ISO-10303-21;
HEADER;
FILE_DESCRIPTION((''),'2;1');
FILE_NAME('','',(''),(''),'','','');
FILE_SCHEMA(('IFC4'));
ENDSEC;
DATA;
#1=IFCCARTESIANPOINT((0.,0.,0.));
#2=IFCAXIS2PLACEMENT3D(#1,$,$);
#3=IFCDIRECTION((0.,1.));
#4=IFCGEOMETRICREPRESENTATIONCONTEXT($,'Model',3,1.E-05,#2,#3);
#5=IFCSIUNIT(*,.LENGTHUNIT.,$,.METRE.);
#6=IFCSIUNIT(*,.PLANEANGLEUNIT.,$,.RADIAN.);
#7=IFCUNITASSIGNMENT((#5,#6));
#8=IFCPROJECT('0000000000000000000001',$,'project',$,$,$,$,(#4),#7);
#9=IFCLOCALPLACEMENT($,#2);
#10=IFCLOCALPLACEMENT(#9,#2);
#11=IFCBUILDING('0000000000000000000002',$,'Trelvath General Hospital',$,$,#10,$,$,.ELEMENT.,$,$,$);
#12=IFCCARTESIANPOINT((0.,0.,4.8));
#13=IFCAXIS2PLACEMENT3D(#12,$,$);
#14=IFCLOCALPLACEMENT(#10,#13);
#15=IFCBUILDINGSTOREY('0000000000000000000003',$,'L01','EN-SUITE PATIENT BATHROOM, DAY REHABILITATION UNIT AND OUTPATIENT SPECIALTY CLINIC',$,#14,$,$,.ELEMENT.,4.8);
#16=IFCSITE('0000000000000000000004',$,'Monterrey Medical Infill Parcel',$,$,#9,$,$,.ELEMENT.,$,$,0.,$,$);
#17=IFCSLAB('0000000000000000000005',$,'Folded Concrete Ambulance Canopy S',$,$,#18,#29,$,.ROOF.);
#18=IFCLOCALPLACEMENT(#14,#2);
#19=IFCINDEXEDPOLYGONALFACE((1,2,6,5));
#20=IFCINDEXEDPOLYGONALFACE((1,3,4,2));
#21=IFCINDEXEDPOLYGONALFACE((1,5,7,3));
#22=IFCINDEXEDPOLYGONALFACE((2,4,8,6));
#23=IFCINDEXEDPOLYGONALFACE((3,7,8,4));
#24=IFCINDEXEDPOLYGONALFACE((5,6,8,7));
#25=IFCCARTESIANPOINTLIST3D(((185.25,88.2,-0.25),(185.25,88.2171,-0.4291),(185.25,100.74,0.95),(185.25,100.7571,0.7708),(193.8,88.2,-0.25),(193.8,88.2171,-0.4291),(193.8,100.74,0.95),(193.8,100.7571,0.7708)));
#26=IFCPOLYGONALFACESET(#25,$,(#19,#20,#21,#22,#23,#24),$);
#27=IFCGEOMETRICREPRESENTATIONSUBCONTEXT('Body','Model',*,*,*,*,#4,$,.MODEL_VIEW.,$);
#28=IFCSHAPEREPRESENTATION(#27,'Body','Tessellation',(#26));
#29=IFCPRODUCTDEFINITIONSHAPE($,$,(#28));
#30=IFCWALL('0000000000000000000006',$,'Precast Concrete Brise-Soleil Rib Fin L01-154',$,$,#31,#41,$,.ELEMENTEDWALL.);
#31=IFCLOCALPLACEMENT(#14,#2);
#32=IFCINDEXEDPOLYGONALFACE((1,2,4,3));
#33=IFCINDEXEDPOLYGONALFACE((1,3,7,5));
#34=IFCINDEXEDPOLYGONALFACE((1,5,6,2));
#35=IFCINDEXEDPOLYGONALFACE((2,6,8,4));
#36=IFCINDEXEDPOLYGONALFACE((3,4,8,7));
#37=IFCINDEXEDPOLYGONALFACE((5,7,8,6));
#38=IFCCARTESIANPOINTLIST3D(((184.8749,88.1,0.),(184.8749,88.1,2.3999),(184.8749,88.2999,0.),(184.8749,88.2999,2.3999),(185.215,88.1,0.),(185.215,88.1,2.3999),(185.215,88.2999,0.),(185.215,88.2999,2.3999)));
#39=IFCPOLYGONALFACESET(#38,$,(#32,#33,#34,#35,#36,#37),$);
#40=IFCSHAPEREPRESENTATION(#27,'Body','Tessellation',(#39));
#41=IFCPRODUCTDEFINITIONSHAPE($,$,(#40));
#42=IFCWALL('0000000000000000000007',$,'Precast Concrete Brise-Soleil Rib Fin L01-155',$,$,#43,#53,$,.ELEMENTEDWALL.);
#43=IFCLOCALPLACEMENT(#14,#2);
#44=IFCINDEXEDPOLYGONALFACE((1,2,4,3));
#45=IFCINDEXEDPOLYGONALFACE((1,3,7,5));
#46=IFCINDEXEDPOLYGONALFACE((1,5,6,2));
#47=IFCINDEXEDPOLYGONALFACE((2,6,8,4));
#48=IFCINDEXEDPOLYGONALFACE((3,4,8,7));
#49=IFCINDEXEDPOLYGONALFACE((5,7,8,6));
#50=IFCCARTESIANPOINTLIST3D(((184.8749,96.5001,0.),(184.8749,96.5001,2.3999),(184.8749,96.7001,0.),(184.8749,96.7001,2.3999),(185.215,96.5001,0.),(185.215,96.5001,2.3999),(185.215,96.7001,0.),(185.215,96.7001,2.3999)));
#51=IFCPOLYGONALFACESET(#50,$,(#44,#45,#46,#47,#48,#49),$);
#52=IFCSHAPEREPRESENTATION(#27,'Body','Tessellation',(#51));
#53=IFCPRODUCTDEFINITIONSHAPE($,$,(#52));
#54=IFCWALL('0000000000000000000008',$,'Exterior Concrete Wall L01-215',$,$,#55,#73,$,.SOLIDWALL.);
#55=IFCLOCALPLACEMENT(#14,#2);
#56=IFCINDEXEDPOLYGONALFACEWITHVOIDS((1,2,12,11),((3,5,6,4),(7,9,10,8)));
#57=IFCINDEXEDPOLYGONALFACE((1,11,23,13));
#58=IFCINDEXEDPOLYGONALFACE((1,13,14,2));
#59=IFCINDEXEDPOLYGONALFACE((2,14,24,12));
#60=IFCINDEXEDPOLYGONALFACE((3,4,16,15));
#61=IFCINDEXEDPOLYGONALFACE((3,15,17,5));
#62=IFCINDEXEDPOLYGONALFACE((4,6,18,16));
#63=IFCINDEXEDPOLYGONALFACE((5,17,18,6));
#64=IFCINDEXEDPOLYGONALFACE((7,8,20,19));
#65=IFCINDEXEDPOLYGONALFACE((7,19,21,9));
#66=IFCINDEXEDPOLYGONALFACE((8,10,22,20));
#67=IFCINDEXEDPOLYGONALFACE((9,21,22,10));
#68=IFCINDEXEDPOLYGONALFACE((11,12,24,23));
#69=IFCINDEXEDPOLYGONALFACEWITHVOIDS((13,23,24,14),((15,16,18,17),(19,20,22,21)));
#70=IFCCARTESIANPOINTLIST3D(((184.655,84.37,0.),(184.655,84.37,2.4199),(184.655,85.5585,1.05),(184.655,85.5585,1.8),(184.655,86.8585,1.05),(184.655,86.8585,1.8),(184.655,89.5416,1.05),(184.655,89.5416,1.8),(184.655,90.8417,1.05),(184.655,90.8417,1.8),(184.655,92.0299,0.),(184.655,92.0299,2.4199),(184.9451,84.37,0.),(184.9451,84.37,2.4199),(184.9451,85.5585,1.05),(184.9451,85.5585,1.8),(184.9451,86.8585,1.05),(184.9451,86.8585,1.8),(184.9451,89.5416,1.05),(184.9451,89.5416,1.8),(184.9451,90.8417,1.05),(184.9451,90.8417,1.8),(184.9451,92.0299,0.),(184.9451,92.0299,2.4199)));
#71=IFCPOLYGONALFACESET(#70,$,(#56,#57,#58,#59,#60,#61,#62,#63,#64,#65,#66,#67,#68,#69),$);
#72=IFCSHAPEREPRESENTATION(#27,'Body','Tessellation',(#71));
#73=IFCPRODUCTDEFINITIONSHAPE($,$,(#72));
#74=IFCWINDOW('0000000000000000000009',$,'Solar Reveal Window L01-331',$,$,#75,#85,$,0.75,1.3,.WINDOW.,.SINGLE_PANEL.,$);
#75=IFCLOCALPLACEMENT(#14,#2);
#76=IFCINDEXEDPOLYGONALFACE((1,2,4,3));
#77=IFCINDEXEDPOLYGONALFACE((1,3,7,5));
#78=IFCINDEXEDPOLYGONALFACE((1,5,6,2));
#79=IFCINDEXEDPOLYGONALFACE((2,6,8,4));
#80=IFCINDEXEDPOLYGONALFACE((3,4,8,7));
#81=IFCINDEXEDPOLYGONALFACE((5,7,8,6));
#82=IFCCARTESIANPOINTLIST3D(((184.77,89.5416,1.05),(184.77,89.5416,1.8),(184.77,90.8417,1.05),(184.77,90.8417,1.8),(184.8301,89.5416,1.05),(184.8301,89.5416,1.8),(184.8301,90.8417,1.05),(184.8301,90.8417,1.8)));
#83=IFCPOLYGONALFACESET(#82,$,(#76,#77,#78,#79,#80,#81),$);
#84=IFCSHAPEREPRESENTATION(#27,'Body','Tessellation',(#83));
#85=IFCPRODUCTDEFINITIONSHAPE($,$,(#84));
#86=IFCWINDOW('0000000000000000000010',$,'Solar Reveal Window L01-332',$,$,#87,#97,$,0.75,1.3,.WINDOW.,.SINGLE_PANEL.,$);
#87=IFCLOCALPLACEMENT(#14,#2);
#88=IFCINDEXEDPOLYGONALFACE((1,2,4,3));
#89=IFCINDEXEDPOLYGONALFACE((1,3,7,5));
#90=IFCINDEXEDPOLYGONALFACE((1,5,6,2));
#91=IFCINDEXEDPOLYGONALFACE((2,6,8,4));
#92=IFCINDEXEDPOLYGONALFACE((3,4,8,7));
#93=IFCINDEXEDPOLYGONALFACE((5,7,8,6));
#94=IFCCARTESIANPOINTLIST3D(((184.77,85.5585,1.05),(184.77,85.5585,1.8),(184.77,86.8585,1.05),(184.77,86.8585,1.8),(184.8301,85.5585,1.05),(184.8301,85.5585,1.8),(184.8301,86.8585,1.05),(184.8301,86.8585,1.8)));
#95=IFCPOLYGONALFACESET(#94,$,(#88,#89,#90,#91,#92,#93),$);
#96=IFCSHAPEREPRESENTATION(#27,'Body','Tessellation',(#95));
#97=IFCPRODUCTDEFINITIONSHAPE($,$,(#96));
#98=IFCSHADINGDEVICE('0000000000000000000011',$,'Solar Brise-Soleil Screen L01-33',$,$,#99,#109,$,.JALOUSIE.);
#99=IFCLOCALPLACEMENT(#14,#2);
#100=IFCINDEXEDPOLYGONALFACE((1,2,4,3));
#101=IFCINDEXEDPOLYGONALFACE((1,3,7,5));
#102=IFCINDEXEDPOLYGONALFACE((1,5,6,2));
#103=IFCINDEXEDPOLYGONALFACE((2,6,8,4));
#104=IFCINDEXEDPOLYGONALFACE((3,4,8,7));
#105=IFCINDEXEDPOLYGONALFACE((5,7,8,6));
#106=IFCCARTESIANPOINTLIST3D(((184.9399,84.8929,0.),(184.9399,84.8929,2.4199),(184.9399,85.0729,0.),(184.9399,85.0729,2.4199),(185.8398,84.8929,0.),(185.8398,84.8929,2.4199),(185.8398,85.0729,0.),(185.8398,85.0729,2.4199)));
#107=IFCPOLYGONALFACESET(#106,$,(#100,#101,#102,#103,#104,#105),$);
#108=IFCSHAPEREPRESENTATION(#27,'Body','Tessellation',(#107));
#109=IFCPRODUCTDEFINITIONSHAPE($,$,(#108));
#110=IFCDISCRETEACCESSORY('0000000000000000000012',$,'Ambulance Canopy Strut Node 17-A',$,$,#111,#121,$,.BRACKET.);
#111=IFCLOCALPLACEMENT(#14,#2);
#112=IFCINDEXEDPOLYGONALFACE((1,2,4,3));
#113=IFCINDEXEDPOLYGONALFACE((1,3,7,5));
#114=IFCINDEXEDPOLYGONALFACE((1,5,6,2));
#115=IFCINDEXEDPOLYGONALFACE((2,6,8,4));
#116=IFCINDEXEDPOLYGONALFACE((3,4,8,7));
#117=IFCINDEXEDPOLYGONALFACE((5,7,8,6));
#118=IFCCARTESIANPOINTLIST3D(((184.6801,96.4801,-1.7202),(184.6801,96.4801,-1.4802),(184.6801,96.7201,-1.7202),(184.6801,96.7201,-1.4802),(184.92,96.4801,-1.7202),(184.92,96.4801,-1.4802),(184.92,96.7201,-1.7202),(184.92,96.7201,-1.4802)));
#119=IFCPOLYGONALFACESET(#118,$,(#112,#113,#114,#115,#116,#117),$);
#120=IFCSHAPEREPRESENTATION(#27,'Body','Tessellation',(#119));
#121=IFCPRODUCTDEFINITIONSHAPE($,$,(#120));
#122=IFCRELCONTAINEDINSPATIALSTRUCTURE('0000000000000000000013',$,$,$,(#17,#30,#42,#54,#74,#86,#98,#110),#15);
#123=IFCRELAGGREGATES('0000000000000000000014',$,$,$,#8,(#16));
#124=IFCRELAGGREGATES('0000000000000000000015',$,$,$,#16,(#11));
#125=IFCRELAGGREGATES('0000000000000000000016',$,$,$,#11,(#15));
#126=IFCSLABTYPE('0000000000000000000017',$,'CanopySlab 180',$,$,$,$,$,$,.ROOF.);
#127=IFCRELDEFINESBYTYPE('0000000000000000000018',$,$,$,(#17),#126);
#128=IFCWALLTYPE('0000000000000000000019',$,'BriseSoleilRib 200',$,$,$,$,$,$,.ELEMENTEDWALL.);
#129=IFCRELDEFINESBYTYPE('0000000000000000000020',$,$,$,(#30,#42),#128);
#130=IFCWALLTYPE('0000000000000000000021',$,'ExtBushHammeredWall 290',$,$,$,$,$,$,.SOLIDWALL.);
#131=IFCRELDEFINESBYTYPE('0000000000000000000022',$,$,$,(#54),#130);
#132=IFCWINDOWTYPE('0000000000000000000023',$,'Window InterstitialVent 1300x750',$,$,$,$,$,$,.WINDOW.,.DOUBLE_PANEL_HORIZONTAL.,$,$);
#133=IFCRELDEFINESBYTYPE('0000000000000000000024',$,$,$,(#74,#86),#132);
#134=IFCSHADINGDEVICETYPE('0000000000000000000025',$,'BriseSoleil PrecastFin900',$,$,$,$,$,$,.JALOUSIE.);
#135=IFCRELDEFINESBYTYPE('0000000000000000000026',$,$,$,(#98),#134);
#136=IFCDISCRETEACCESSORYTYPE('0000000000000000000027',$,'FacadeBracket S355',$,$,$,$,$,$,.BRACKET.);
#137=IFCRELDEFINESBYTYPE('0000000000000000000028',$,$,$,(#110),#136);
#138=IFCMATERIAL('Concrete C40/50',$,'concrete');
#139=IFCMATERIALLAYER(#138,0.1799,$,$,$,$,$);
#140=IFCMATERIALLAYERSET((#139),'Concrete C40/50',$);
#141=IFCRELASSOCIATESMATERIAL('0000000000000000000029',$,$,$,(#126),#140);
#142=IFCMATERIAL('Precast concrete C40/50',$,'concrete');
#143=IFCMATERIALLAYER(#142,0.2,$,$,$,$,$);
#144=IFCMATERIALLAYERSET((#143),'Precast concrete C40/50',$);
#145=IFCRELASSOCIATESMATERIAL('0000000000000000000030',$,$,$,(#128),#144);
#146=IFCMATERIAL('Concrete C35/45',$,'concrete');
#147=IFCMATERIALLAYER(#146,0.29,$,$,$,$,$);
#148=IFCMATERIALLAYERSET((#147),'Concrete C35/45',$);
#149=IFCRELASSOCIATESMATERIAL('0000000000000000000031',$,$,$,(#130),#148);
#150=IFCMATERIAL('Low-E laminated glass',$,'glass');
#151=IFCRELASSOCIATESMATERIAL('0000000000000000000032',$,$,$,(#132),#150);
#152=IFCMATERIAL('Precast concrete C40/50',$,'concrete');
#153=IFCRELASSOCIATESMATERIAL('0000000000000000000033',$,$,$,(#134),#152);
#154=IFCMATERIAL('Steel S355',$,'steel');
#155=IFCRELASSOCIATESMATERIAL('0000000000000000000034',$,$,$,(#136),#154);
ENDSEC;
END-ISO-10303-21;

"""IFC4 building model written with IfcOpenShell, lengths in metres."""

from ifc_helpers import new_model, si_unit, direction, frame, frame_2d, origin, origin_2d, place, context, subcontext, project, spatial, polyline, rectangle, outline, extrude, material, layer, layer_set, type_object, element, fill, save


model = new_model("IFC4")

# Units and contexts
model_context = context("Model", 3, precision=1e-05, world=origin(), true_north=direction((0.0, 1.0)))
body_context = subcontext(model_context, "Body", "Model", "MODEL_VIEW")
ifc_project = project(units=[si_unit("LENGTHUNIT", "METRE"), si_unit("PLANEANGLEUNIT", "RADIAN")], contexts=[model_context])

# Site, building, storey
site_placement = place(None, origin())
site = spatial("IfcSite", under=ifc_project, at=site_placement, Name="Monterrey Medical Infill Parcel", CompositionType="ELEMENT", RefElevation=0.0)
building_placement = place(site_placement, origin())
building = spatial("IfcBuilding", under=site, at=building_placement, Name="Trelvath General Hospital", CompositionType="ELEMENT")
storey_placement = place(building_placement, frame((0.0, 0.0, 4.8)))
storey = spatial("IfcBuildingStorey", under=building, at=storey_placement, Name="L01", Description="EN-SUITE PATIENT BATHROOM, DAY REHABILITATION UNIT AND OUTPATIENT SPECIALTY CLINIC", CompositionType="ELEMENT", Elevation=4.8)

# Slab
ifc_material_1 = material(Name="Concrete C40/50", Category="concrete")
ifc_layer_1 = layer(ifc_material_1, 0.1799)
ifc_layer_set_1 = layer_set([ifc_layer_1], Name="Concrete C40/50")
slab_type = type_object("IfcSlabType", Name="CanopySlab 180", PredefinedType="ROOF", material=ifc_layer_set_1)
slab_placement = place(storey_placement, frame((185.25, 88.2, -0.25), z_axis=(0.0, -0.095254, 0.995453), x_axis=(1.0, 0.0, 0.0)))
element("IfcSlab", 1, at=slab_placement, inside=storey, type_object=slab_type, Name="Folded Concrete Ambulance Canopy S", PredefinedType="ROOF", context=body_context, shape_type="SweptSolid", body=[
    extrude(outline(polyline([(0.0, 0.0), (8.55, 0.0), (8.55, 12.5973), (0.0, 12.5973), (0.0, 0.0)])), origin(), (0.0, 0.0, -1.0), 0.1799),
])

# Walls
ifc_material_2 = material(Name="Precast concrete C40/50", Category="concrete")
ifc_layer_2 = layer(ifc_material_2, 0.2)
ifc_layer_set_2 = layer_set([ifc_layer_2], Name="Precast concrete C40/50")
wall_type_1 = type_object("IfcWallType", Name="BriseSoleilRib 200", PredefinedType="ELEMENTEDWALL", material=ifc_layer_set_2)
for number, where, z_axis, x_axis, name in (
    (2, (184.875, 88.2, 0.0), (0.0, 0.0, 1.0), (1.0, 0.0, 0.0), "Precast Concrete Brise-Soleil Rib Fin L01-154"),
    (3, (184.875, 96.6001, 0.0), (0.0, 0.0, 1.0), (1.0, 0.0, 0.0), "Precast Concrete Brise-Soleil Rib Fin L01-155"),
):
    element("IfcWall", number, at=place(storey_placement, frame(where, z_axis=z_axis, x_axis=x_axis)), inside=storey, type_object=wall_type_1, Name=name, PredefinedType="ELEMENTEDWALL", context=body_context, shape_type="SweptSolid", body=[
        extrude(rectangle(XDim=0.3401, YDim=0.2, at=frame_2d((0.1699, 0.0))), origin(), (0.0, 0.0, 1.0), 2.3999),
    ])

# Wall, openings, windows
ifc_material_3 = material(Name="Concrete C35/45", Category="concrete")
ifc_layer_3 = layer(ifc_material_3, 0.29)
ifc_layer_set_3 = layer_set([ifc_layer_3], Name="Concrete C35/45")
wall_type_2 = type_object("IfcWallType", Name="ExtBushHammeredWall 290", PredefinedType="SOLIDWALL", material=ifc_layer_set_3)
wall_placement = place(storey_placement, frame((184.8, 92.03, 0.0), z_axis=(0.0, 0.0, 1.0), x_axis=(0.0, -1.0, 0.0)))
wall = element("IfcWall", 4, at=wall_placement, inside=storey, type_object=wall_type_2, Name="Exterior Concrete Wall L01-215", PredefinedType="SOLIDWALL", context=body_context, shape_type="SweptSolid", body=[
    extrude(rectangle(XDim=7.6599, YDim=0.29, at=frame_2d((3.8301, 0.0))), origin(), (0.0, 0.0, 1.0), 2.4199),
])
opening_1_placement = place(wall_placement, frame((1.1885, 0.0, 1.05)))
opening_1 = element("IfcOpeningElement", 5, at=opening_1_placement, cuts=wall, PredefinedType="OPENING", context=body_context, shape_type="SweptSolid", body=[
    extrude(rectangle(XDim=1.3, YDim=0.75, at=frame_2d((0.6499, 0.375))), frame((0.0, 0.155, 0.0), z_axis=(0.0, -1.0, 0.0), x_axis=(1.0, 0.0, 0.0)), (0.0, 0.0, 1.0), 0.3101),
])
opening_2_placement = place(wall_placement, frame((5.1716, 0.0, 1.05)))
opening_2 = element("IfcOpeningElement", 6, at=opening_2_placement, cuts=wall, PredefinedType="OPENING", context=body_context, shape_type="SweptSolid", body=[
    extrude(rectangle(XDim=1.3, YDim=0.75, at=frame_2d((0.6499, 0.375))), frame((0.0, 0.155, 0.0), z_axis=(0.0, -1.0, 0.0), x_axis=(1.0, 0.0, 0.0)), (0.0, 0.0, 1.0), 0.3101),
])
ifc_material_4 = material(Name="Low-E laminated glass", Category="glass")
window_type = type_object("IfcWindowType", Name="Window InterstitialVent 1300x750", PartitioningType="DOUBLE_PANEL_HORIZONTAL", PredefinedType="WINDOW", material=ifc_material_4)
window_1_placement = place(opening_1_placement, origin())
window_1 = element("IfcWindow", 7, at=window_1_placement, inside=storey, type_object=window_type, Name="Solar Reveal Window L01-331", OverallHeight=0.75, OverallWidth=1.3, PartitioningType="SINGLE_PANEL", PredefinedType="WINDOW", context=body_context, shape_type="SweptSolid", body=[
    extrude(rectangle(XDim=1.3, YDim=0.75, at=frame_2d((0.6499, 0.375))), frame((0.0, 0.03, 0.0), z_axis=(0.0, -1.0, 0.0), x_axis=(1.0, 0.0, 0.0)), (0.0, 0.0, 1.0), 0.0601),
])
fill(opening_1, window_1)
window_2_placement = place(opening_2_placement, origin())
window_2 = element("IfcWindow", 8, at=window_2_placement, inside=storey, type_object=window_type, Name="Solar Reveal Window L01-332", OverallHeight=0.75, OverallWidth=1.3, PartitioningType="SINGLE_PANEL", PredefinedType="WINDOW", context=body_context, shape_type="SweptSolid", body=[
    extrude(rectangle(XDim=1.3, YDim=0.75, at=frame_2d((0.6499, 0.375))), frame((0.0, 0.03, 0.0), z_axis=(0.0, -1.0, 0.0), x_axis=(1.0, 0.0, 0.0)), (0.0, 0.0, 1.0), 0.0601),
])
fill(opening_2, window_2)

# Shading device
ifc_material_5 = material(Name="Precast concrete C40/50", Category="concrete")
shading_device_type = type_object("IfcShadingDeviceType", Name="BriseSoleil PrecastFin900", PredefinedType="JALOUSIE", material=ifc_material_5)
shading_device_placement = place(storey_placement, frame((185.3899, 84.9829, 0.0), z_axis=(0.0, 0.0, 1.0), x_axis=(1.0, 0.0, 0.0)))
element("IfcShadingDevice", 9, at=shading_device_placement, inside=storey, type_object=shading_device_type, Name="Solar Brise-Soleil Screen L01-33", PredefinedType="JALOUSIE", context=body_context, shape_type="SweptSolid", body=[
    extrude(rectangle(XDim=0.8999, YDim=0.1799, at=origin_2d()), origin(), (0.0, 0.0, 1.0), 2.4199),
])

# Discrete accessory
ifc_material_6 = material(Name="Steel S355", Category="steel")
discrete_accessory_type = type_object("IfcDiscreteAccessoryType", Name="FacadeBracket S355", PredefinedType="BRACKET", material=ifc_material_6)
discrete_accessory_placement = place(storey_placement, frame((184.8, 96.6001, -1.7202), z_axis=(0.0, 0.0, 1.0), x_axis=(1.0, 0.0, 0.0)))
element("IfcDiscreteAccessory", 10, at=discrete_accessory_placement, inside=storey, type_object=discrete_accessory_type, Name="Ambulance Canopy Strut Node 17-A", PredefinedType="BRACKET", context=body_context, shape_type="SweptSolid", body=[
    extrude(rectangle(XDim=0.24, YDim=0.24, at=origin_2d()), origin(), (0.0, 0.0, 1.0), 0.24),
])

save(model, "model.ifc")
